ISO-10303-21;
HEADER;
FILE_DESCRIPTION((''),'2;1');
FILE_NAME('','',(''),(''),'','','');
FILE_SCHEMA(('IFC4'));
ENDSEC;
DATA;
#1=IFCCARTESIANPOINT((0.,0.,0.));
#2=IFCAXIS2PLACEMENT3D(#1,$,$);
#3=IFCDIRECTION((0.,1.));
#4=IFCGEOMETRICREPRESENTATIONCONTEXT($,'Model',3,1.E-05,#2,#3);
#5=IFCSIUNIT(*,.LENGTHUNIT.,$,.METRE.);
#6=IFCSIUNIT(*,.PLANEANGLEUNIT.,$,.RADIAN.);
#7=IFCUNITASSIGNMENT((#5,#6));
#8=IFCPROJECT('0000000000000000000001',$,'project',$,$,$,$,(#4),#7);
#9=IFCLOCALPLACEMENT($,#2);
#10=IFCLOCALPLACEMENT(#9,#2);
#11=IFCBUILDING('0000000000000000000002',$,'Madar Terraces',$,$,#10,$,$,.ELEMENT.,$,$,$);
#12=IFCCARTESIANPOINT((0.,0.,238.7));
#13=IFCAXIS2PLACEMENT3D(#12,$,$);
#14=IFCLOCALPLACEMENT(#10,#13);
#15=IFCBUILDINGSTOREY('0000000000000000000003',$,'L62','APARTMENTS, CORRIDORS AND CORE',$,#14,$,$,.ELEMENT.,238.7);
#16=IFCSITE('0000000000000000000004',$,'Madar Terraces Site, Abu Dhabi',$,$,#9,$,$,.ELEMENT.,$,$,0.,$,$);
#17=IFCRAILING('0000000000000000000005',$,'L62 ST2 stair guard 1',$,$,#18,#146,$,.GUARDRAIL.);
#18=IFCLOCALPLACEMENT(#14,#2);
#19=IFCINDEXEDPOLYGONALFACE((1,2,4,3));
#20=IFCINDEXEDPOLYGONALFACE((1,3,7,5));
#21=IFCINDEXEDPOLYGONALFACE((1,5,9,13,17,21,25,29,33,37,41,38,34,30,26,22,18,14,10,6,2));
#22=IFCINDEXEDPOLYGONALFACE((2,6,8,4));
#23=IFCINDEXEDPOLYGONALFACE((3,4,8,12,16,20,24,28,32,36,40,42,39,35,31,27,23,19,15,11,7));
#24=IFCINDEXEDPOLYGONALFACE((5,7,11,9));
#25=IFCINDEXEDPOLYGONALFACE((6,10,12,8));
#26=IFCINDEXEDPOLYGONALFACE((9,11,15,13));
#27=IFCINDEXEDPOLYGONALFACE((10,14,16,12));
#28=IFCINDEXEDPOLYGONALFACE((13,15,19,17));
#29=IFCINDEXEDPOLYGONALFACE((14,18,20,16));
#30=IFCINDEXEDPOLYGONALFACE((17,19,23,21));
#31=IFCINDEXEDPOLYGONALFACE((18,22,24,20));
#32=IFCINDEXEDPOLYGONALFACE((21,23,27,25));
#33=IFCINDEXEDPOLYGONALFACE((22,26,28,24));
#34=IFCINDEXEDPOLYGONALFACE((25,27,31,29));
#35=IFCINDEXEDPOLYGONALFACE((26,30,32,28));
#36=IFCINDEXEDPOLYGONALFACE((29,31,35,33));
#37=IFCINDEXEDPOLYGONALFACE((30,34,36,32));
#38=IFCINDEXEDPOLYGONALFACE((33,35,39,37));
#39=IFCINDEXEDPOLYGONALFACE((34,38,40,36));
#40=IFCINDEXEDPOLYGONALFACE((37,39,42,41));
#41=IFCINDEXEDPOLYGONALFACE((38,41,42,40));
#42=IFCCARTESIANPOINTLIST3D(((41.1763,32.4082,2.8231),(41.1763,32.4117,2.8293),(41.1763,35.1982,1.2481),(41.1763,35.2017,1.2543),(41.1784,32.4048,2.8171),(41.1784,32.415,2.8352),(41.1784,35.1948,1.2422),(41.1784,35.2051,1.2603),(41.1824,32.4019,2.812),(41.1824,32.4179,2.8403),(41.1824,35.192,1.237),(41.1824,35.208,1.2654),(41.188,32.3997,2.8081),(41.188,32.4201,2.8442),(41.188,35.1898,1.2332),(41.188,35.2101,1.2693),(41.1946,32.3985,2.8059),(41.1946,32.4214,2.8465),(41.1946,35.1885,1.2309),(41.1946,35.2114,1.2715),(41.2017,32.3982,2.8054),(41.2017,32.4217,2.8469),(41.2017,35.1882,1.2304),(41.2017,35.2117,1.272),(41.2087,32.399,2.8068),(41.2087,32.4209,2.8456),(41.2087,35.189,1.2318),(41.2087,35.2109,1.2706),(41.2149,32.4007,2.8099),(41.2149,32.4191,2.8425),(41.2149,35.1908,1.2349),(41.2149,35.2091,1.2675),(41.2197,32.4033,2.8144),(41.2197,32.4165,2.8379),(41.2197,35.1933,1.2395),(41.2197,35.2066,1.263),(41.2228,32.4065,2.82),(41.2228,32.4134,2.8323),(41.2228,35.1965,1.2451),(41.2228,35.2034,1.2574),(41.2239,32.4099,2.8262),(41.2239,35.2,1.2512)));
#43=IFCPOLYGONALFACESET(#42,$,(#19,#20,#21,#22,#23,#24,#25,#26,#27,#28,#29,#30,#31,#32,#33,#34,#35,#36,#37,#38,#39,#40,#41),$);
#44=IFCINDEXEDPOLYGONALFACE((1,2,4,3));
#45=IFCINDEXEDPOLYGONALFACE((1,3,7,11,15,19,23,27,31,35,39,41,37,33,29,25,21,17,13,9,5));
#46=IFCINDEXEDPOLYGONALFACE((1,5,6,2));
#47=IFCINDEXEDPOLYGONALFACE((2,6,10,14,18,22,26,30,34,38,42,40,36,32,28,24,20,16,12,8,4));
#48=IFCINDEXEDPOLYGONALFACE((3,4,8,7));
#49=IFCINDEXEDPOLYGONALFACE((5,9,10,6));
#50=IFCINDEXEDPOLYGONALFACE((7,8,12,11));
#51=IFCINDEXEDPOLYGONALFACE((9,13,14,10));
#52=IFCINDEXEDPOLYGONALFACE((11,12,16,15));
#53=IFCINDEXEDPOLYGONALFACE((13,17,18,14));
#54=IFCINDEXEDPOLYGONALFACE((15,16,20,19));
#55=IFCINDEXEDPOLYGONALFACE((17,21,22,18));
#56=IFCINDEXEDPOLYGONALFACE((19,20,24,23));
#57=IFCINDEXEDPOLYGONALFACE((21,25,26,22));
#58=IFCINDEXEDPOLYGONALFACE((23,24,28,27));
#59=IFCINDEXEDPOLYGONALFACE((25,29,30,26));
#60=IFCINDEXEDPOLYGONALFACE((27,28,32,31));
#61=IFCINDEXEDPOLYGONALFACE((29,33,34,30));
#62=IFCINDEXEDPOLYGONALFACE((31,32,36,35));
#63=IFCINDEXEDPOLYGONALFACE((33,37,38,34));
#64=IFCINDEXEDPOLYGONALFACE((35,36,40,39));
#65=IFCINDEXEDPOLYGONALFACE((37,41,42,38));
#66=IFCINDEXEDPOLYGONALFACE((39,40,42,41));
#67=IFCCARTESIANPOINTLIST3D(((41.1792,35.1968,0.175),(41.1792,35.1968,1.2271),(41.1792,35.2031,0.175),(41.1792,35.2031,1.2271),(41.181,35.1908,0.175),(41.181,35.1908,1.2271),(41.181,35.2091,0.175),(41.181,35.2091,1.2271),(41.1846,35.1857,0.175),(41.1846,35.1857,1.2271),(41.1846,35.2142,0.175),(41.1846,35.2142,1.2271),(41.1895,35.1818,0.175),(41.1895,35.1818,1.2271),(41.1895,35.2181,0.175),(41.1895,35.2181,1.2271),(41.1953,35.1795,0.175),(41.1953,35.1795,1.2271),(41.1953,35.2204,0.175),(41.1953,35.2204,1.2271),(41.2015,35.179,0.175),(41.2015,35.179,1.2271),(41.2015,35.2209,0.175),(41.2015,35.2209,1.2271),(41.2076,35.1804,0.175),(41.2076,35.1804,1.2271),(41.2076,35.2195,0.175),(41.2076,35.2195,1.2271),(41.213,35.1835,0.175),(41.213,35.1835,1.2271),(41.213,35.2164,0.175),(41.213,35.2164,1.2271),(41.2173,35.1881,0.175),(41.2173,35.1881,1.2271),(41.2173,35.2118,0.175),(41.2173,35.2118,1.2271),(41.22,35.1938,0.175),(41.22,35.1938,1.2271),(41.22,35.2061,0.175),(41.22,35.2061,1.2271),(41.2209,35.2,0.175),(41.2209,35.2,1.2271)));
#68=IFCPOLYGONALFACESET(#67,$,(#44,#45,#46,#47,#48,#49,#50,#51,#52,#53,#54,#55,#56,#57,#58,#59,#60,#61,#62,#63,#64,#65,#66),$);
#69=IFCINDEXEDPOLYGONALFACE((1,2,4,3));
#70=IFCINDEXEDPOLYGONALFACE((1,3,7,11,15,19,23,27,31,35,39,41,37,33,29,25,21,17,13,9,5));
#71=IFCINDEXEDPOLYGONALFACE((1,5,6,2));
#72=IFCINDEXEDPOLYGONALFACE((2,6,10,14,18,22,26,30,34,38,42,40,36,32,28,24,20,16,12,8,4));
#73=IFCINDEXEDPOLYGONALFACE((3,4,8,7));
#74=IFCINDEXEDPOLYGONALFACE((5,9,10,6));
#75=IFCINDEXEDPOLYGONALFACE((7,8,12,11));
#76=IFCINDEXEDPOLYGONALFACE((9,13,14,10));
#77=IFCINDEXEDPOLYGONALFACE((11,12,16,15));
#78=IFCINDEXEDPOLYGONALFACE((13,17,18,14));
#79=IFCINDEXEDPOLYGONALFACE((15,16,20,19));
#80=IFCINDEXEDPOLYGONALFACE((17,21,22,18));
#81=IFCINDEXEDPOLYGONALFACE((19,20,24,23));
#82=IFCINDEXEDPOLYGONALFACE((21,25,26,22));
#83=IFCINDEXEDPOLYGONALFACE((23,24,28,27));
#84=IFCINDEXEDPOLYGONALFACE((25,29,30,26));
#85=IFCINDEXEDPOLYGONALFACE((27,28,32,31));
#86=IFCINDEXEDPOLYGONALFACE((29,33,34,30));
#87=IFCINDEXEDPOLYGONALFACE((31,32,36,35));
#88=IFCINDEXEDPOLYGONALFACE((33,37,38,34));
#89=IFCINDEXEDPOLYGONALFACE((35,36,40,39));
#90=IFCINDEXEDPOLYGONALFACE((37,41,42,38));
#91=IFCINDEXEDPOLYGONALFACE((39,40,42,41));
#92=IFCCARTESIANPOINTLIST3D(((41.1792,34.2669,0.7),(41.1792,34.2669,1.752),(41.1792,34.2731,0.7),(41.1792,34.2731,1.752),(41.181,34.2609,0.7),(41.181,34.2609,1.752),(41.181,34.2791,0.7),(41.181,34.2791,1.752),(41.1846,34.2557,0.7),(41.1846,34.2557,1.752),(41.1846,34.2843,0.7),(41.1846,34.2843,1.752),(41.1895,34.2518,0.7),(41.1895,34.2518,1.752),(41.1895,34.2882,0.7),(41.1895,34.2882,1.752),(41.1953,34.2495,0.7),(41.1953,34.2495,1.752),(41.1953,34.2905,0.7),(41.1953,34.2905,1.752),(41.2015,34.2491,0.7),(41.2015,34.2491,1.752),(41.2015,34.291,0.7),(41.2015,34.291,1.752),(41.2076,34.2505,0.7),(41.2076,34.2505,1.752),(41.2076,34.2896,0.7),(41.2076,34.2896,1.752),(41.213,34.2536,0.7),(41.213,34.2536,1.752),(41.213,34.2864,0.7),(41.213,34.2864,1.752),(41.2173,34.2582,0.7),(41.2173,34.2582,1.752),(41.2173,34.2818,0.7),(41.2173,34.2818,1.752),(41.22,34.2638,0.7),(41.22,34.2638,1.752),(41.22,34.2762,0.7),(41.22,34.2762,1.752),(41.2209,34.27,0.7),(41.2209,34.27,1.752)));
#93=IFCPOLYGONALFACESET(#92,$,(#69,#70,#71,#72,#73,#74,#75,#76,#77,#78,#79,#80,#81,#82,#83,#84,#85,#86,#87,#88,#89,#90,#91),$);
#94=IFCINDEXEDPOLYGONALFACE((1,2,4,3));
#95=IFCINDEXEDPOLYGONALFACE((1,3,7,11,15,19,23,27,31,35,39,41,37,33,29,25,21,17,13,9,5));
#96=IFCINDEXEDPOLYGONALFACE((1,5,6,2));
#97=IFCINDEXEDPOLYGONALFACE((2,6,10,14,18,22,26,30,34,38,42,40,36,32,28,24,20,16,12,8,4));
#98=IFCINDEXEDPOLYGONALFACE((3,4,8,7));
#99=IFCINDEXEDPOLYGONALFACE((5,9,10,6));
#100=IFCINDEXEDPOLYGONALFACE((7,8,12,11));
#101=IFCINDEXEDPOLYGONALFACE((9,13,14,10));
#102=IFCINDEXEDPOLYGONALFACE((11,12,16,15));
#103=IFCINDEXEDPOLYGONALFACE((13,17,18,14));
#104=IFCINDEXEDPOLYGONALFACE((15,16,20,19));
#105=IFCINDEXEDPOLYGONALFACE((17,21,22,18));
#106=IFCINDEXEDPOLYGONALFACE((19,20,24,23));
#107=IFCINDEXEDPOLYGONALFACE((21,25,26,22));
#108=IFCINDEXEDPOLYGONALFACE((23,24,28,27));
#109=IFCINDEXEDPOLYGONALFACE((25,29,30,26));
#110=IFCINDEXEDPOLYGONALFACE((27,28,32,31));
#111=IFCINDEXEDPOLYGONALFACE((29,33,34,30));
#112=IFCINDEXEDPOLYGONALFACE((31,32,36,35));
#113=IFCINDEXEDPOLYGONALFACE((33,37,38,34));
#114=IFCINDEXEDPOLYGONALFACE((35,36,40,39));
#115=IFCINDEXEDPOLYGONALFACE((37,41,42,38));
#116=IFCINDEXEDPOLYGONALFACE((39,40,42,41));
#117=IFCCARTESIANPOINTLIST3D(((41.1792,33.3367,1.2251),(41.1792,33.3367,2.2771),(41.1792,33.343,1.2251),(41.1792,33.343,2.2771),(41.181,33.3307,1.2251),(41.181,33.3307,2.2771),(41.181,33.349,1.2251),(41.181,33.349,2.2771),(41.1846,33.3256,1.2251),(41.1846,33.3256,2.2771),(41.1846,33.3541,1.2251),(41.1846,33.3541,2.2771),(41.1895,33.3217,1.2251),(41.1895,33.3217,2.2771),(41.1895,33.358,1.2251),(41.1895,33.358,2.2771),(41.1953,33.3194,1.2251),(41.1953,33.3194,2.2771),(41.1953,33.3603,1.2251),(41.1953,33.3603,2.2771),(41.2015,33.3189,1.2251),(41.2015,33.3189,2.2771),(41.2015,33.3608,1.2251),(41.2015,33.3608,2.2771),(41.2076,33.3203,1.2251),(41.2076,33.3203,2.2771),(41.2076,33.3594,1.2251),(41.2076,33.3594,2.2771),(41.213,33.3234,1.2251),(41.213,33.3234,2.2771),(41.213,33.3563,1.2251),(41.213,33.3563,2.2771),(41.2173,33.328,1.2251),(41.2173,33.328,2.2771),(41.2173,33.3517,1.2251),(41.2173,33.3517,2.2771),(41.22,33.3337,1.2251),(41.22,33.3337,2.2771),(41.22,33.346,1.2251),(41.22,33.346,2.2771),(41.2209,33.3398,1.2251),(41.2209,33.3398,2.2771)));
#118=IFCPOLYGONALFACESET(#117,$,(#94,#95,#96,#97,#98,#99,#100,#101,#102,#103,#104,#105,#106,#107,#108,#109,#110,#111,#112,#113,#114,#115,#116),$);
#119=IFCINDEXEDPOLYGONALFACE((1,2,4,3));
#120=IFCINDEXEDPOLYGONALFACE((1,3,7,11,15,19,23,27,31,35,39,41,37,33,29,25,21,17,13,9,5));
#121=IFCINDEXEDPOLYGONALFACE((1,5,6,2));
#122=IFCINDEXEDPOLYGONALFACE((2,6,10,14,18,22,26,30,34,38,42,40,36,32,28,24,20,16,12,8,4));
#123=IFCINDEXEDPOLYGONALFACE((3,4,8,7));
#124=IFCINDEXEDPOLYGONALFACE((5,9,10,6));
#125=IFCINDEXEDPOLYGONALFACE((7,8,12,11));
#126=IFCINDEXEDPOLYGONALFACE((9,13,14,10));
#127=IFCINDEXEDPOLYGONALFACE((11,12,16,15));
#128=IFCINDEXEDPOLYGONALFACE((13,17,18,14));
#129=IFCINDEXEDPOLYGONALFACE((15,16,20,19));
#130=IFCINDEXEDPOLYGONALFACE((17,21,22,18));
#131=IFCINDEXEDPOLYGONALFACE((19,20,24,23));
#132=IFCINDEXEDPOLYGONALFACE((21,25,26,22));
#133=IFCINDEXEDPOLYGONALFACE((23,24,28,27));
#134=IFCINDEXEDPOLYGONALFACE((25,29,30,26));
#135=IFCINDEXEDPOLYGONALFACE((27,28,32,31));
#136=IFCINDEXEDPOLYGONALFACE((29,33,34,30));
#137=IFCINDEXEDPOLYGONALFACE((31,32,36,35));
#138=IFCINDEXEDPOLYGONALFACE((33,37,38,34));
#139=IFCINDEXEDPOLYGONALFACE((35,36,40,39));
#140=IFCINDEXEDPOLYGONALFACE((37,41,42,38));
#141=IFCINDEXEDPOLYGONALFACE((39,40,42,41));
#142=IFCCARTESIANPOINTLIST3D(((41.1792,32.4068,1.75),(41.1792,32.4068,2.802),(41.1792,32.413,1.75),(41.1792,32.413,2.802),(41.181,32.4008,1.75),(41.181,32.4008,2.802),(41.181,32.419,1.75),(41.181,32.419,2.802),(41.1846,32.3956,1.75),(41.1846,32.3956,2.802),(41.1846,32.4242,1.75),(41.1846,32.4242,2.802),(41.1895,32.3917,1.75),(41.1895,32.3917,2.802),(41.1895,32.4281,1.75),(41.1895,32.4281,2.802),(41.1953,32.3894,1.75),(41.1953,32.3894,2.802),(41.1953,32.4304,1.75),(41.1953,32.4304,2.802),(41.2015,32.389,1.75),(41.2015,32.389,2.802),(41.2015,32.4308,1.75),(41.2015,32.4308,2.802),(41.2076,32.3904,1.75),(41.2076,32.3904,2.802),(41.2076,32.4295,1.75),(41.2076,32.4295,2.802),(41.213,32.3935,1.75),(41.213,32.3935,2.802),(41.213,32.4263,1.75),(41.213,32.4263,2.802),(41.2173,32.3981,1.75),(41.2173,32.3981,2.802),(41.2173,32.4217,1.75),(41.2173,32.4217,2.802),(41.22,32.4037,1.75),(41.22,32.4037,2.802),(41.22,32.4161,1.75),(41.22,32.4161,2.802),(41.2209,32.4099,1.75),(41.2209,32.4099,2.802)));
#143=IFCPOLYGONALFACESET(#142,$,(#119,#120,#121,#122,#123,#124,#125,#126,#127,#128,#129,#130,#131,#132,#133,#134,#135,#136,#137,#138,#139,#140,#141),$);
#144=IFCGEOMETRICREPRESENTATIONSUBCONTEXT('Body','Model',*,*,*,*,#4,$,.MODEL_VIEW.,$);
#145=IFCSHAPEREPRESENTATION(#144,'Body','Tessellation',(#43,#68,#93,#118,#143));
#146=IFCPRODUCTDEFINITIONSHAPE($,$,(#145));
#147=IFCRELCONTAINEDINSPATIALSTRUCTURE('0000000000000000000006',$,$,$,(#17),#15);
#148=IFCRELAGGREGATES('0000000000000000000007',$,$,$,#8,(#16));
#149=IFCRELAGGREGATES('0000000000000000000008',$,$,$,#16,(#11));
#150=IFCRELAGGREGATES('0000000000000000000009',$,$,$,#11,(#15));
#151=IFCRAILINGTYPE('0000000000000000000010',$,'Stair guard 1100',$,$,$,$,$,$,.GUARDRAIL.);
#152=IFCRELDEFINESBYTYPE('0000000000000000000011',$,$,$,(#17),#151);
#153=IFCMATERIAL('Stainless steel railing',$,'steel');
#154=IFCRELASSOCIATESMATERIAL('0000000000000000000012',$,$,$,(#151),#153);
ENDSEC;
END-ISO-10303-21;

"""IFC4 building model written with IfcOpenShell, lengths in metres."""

from ifc_helpers import new_model, si_unit, direction, frame, origin, origin_2d, place, context, subcontext, project, spatial, circle, extrude, material, type_object, element, save


model = new_model("IFC4")

# Units and contexts
model_context = context("Model", 3, precision=1e-05, world=origin(), true_north=direction((0.0, 1.0)))
body_context = subcontext(model_context, "Body", "Model", "MODEL_VIEW")
ifc_project = project(units=[si_unit("LENGTHUNIT", "METRE"), si_unit("PLANEANGLEUNIT", "RADIAN")], contexts=[model_context])

# Site, building, storey
site_placement = place(None, origin())
site = spatial("IfcSite", under=ifc_project, at=site_placement, Name="Madar Terraces Site, Abu Dhabi", CompositionType="ELEMENT", RefElevation=0.0)
building_placement = place(site_placement, origin())
building = spatial("IfcBuilding", under=site, at=building_placement, Name="Madar Terraces", CompositionType="ELEMENT")
storey_placement = place(building_placement, frame((0.0, 0.0, 238.7)))
storey = spatial("IfcBuildingStorey", under=building, at=storey_placement, Name="L62", Description="APARTMENTS, CORRIDORS AND CORE", CompositionType="ELEMENT", Elevation=238.7)

# Railing
ifc_material_1 = material(Name="Stainless steel railing", Category="steel")
railing_type_1 = type_object("IfcRailingType", Name="Stair guard 1100", PredefinedType="GUARDRAIL", material=ifc_material_1)
railing_1_placement = place(storey_placement, frame((41.2, 35.2, 0.175)))
element("IfcRailing", 1, at=railing_1_placement, inside=storey, type_object=railing_type_1, Name="L62 ST2 stair guard 1", PredefinedType="GUARDRAIL", context=body_context, shape_type="SweptSolid", body=[
    extrude(circle(Radius=0.0239, at=origin_2d()), frame((0.0, 0.0, 1.0762), z_axis=(0.0, -0.870834, 0.491578), x_axis=(1.0, 0.0, 0.0)), (0.0, 0.0, 1.0), 3.2039),
    extrude(circle(Radius=0.021, at=origin_2d()), origin(), (0.0, 0.0, 1.0), 1.052),
    extrude(circle(Radius=0.021, at=origin_2d()), frame((0.0, -0.9299, 0.5249)), (0.0, 0.0, 1.0), 1.052),
    extrude(circle(Radius=0.021, at=origin_2d()), frame((0.0, -1.8601, 1.05)), (0.0, 0.0, 1.0), 1.052),
    extrude(circle(Radius=0.021, at=origin_2d()), frame((0.0, -2.79, 1.575)), (0.0, 0.0, 1.0), 1.052),
])

save(model, "model.ifc")
